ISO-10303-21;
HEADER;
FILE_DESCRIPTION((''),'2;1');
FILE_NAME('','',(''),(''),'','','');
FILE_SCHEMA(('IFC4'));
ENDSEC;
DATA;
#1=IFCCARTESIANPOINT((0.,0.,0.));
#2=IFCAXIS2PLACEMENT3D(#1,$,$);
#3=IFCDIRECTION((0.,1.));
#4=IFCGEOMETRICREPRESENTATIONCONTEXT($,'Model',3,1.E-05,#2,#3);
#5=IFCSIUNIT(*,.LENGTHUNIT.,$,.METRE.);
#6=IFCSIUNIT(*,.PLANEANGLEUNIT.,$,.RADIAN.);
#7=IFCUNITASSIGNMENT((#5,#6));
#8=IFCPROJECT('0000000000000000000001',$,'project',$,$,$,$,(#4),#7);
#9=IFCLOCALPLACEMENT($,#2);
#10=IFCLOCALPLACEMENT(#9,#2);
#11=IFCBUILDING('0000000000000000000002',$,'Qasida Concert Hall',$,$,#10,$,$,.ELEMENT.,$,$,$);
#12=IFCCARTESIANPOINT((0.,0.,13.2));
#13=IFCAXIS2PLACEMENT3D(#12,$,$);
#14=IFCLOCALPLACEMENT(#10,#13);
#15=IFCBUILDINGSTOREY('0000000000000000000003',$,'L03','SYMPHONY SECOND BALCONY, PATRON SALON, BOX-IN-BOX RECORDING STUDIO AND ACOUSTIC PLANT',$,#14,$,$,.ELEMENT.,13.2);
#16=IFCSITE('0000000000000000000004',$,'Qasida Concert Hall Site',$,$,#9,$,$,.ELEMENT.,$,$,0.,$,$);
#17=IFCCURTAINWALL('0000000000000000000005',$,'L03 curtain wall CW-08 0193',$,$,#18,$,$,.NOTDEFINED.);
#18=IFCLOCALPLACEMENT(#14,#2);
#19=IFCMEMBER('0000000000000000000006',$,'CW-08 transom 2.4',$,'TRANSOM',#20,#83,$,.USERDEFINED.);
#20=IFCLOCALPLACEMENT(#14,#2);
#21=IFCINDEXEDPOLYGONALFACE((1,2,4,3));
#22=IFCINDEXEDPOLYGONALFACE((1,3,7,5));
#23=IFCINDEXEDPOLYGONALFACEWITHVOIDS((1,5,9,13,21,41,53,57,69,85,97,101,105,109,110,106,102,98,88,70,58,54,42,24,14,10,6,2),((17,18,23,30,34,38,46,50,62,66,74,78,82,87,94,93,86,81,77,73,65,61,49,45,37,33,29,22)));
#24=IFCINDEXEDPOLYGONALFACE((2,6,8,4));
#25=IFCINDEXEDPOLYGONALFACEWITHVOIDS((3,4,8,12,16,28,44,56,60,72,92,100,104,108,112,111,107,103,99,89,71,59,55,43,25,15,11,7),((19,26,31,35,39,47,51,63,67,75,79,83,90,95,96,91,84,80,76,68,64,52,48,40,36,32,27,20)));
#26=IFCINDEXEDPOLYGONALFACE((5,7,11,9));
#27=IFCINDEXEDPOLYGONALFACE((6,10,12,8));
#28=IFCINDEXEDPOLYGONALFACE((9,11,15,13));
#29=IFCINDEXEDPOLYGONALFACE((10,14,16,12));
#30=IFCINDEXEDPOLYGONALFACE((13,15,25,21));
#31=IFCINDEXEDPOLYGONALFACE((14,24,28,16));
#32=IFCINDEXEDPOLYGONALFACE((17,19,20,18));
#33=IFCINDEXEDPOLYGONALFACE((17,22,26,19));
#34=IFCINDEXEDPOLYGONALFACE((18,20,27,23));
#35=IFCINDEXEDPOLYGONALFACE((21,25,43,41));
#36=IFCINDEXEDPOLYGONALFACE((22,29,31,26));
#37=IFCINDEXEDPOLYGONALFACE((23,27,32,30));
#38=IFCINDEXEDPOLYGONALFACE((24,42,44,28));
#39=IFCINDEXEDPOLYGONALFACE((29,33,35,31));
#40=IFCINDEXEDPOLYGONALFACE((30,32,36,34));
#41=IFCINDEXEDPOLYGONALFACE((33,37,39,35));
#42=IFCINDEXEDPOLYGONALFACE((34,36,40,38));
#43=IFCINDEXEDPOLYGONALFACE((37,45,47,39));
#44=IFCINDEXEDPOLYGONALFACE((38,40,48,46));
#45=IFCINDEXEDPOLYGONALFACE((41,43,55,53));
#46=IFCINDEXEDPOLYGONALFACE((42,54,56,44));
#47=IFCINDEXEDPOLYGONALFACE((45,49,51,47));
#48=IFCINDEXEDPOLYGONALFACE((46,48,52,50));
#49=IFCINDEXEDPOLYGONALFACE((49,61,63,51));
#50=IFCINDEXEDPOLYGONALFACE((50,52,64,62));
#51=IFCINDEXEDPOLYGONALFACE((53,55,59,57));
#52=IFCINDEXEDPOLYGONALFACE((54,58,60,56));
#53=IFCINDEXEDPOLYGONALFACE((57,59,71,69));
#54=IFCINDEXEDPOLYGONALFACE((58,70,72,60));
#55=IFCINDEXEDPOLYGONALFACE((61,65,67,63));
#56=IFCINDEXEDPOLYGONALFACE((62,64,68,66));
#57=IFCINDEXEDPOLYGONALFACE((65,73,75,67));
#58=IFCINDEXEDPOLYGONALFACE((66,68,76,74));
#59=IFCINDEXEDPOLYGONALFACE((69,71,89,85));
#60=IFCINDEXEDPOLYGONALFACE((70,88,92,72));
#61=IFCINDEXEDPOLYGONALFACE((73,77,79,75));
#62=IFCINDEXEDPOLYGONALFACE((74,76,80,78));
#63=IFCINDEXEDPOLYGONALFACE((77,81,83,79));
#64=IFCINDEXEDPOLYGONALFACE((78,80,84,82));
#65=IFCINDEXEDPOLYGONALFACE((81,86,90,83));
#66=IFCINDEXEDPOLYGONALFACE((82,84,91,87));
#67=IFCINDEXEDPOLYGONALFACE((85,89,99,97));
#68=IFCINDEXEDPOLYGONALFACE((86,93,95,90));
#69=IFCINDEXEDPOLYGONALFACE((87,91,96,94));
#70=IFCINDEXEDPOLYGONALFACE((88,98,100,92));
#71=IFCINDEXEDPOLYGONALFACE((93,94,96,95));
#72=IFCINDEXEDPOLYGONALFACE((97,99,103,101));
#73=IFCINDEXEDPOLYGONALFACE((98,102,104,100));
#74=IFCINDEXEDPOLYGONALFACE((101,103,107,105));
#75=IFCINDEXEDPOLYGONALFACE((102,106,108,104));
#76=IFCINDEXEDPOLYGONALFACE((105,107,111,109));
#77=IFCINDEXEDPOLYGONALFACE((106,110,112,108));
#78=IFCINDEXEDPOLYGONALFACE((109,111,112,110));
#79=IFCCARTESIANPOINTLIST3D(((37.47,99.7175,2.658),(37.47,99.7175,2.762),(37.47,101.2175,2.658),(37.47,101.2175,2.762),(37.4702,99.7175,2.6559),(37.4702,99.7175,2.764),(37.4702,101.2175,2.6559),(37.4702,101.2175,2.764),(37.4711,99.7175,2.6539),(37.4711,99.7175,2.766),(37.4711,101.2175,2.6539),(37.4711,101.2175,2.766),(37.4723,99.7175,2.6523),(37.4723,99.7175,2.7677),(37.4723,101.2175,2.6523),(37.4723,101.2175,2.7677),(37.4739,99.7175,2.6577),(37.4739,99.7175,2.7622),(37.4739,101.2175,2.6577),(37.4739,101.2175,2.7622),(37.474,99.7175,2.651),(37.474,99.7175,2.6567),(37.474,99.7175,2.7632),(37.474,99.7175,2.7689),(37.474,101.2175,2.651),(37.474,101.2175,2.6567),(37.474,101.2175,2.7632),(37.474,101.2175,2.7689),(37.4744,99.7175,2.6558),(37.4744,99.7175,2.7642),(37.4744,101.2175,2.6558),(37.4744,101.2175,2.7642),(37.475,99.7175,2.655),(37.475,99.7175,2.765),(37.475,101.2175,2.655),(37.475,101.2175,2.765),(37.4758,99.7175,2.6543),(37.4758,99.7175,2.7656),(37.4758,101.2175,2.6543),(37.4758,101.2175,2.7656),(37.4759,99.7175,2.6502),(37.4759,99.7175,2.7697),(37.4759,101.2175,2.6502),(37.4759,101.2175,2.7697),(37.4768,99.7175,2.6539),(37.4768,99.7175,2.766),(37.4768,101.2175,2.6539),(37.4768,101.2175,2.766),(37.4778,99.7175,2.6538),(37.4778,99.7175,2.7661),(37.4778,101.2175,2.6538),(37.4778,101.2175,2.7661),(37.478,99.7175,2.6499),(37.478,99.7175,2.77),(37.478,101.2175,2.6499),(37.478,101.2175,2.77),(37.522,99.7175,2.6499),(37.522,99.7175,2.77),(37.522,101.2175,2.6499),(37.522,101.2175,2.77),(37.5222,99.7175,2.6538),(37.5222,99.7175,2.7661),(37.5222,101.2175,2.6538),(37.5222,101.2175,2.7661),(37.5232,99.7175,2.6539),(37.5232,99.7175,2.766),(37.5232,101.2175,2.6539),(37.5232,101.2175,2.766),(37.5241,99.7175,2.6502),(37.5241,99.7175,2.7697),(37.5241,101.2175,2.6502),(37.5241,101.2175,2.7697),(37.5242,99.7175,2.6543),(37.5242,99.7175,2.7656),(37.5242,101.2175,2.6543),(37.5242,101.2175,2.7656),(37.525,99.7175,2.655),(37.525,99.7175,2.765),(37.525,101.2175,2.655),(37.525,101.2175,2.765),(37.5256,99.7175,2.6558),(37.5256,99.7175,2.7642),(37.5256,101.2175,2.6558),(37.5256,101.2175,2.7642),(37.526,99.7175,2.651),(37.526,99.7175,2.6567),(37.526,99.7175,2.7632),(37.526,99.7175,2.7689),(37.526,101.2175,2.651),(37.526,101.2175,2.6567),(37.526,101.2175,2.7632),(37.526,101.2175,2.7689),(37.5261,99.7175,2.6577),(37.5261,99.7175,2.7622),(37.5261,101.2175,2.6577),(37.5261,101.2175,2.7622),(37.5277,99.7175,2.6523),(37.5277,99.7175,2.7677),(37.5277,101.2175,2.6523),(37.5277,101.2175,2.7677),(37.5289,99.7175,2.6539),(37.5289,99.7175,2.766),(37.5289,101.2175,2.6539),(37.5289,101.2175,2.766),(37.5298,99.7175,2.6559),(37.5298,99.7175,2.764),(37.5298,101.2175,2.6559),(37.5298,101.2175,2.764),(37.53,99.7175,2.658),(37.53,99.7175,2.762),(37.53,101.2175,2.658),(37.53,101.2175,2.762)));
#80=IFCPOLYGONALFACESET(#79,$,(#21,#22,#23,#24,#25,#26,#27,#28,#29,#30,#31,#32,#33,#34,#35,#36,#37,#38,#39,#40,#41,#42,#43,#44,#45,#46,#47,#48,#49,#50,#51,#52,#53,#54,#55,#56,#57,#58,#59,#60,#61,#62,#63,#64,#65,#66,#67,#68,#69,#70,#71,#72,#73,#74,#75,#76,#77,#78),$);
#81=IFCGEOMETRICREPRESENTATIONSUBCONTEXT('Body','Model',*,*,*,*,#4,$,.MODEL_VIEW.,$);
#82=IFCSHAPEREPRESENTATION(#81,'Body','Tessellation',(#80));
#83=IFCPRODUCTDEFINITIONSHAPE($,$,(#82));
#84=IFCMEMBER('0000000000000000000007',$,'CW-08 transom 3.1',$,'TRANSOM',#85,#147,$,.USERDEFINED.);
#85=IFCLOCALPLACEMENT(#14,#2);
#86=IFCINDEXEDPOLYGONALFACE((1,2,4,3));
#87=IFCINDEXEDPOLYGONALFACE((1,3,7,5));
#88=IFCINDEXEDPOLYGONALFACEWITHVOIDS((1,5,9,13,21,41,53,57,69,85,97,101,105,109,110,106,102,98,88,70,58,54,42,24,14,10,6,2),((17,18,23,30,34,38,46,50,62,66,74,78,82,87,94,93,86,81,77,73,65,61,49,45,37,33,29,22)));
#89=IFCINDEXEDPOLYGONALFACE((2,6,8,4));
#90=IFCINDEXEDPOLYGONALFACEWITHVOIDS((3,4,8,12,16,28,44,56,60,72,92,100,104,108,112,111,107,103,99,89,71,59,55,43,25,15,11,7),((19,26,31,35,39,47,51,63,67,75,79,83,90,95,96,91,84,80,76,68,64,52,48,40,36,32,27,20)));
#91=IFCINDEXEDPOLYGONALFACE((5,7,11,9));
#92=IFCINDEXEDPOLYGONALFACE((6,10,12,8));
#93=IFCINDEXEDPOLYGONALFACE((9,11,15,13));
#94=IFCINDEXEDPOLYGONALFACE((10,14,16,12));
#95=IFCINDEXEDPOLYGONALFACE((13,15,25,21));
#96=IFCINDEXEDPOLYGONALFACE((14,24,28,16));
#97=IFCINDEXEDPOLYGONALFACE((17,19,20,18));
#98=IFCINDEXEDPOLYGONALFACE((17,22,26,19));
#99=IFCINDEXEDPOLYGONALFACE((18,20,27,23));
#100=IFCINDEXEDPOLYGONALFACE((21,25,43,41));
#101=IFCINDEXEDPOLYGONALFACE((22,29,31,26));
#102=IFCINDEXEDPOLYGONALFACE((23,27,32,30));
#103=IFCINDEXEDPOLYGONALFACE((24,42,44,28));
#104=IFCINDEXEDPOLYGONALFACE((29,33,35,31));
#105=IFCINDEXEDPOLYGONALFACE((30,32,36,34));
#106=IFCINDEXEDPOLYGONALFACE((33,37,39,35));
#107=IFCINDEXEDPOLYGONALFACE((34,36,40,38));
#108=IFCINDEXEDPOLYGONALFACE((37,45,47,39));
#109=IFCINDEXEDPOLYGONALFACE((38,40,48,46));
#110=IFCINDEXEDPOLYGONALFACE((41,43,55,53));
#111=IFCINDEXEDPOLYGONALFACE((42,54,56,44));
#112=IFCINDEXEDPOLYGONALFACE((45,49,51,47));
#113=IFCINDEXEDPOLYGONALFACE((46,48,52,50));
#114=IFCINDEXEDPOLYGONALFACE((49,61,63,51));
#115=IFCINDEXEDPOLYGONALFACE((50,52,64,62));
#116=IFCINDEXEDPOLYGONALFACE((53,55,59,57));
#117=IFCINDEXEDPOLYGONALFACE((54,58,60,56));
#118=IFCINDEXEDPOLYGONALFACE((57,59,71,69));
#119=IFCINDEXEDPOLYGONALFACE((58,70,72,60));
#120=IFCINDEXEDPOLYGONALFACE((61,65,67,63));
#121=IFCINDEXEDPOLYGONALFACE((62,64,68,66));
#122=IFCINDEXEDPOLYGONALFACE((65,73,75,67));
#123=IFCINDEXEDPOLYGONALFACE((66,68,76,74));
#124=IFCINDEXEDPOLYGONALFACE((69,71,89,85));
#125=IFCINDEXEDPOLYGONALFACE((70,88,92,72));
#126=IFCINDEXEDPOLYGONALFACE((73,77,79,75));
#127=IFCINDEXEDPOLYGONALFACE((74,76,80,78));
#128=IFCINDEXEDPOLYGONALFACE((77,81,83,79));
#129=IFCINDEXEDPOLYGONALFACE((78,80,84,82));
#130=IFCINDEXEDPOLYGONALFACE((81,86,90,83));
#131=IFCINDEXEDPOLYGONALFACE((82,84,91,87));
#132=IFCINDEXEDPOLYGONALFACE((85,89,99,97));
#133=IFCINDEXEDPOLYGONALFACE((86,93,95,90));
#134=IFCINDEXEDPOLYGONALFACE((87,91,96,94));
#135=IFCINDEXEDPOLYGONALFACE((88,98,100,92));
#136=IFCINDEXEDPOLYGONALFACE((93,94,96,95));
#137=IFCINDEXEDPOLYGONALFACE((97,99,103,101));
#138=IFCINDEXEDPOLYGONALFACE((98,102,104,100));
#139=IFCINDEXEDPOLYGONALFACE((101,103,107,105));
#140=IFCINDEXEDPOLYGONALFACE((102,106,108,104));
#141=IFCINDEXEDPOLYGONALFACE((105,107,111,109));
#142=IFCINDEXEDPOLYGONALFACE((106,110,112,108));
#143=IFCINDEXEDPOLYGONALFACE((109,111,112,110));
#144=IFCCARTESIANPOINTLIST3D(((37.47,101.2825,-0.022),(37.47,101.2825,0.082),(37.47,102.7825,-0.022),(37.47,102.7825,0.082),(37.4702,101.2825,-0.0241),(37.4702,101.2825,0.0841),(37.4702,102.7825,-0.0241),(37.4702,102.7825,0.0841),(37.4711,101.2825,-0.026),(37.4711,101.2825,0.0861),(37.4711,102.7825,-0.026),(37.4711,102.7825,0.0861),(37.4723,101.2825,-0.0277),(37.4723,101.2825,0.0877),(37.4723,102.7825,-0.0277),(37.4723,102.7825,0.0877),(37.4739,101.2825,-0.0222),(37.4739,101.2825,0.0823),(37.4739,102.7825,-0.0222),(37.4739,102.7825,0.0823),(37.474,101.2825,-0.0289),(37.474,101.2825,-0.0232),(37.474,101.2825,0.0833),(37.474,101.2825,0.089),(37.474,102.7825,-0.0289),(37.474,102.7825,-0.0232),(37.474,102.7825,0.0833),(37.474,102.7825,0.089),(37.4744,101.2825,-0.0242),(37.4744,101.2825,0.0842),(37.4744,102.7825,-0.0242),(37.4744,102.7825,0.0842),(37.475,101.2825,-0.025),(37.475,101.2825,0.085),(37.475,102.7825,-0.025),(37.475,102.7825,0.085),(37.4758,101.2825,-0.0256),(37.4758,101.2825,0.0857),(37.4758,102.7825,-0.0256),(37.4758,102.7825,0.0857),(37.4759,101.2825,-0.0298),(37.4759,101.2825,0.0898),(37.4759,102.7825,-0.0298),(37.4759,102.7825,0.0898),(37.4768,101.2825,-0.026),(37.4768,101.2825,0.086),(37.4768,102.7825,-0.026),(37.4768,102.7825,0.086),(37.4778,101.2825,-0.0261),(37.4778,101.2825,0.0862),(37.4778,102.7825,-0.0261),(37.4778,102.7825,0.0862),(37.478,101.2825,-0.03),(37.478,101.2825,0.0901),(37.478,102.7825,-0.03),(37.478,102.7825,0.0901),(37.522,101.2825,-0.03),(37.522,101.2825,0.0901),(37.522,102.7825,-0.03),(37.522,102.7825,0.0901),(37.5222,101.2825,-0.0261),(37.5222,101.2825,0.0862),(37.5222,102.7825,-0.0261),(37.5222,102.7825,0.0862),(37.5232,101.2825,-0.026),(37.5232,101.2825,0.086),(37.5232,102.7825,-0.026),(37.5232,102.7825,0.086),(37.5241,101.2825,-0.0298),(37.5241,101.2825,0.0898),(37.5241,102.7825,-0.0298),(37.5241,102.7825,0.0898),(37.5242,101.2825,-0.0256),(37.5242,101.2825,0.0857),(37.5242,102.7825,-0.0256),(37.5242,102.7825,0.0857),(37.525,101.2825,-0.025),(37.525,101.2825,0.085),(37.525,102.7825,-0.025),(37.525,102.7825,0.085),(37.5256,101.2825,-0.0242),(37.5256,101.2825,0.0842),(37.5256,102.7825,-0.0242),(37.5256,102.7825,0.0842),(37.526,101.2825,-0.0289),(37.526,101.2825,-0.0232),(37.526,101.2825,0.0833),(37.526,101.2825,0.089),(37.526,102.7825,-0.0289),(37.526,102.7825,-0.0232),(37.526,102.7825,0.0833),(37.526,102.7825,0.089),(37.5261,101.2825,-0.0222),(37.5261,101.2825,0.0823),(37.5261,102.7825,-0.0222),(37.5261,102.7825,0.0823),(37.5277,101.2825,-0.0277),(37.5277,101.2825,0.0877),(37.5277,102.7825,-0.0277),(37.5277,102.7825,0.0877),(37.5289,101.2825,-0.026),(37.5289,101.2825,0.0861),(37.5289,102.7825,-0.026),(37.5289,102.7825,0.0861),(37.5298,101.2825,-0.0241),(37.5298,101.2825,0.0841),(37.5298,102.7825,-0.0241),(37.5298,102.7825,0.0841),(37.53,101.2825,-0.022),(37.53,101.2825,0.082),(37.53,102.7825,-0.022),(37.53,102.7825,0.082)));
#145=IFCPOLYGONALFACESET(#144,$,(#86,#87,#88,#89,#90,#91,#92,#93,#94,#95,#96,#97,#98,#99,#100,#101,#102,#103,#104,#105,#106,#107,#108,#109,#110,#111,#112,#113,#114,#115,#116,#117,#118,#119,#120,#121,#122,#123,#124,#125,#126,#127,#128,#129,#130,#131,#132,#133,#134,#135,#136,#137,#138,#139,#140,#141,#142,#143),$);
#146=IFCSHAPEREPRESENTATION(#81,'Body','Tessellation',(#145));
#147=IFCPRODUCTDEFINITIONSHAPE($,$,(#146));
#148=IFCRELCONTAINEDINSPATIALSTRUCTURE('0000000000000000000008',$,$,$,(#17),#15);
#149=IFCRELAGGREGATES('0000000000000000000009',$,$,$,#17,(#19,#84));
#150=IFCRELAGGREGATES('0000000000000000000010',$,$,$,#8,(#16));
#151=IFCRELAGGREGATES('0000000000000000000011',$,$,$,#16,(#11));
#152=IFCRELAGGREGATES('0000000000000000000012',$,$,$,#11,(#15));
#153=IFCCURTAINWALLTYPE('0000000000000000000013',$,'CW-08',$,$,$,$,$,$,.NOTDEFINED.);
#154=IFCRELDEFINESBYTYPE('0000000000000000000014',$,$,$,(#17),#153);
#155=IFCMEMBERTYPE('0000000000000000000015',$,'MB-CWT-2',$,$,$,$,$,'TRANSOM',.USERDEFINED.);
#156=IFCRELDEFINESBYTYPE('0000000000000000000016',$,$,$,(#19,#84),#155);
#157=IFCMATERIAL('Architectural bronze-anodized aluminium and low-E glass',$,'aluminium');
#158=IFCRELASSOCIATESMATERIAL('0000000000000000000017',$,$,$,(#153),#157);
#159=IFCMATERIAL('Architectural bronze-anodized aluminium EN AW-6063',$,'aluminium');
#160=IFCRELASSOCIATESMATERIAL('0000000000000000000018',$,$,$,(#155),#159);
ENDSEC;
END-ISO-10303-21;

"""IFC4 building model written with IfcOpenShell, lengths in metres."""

from ifc_helpers import new_model, si_unit, direction, frame, origin, origin_2d, place, context, subcontext, project, spatial, hollow_rectangle, extrude, material, material_profile, profile_set, type_object, element, aggregate, save


model = new_model("IFC4")

# Units and contexts
model_context = context("Model", 3, precision=1e-05, world=origin(), true_north=direction((0.0, 1.0)))
body_context = subcontext(model_context, "Body", "Model", "MODEL_VIEW")
ifc_project = project(units=[si_unit("LENGTHUNIT", "METRE"), si_unit("PLANEANGLEUNIT", "RADIAN")], contexts=[model_context])

# Site, building, storey
site_placement = place(None, origin())
site = spatial("IfcSite", under=ifc_project, at=site_placement, Name="Qasida Concert Hall Site", CompositionType="ELEMENT", RefElevation=0.0)
building_placement = place(site_placement, origin())
building = spatial("IfcBuilding", under=site, at=building_placement, Name="Qasida Concert Hall", CompositionType="ELEMENT")
storey_placement = place(building_placement, frame((0.0, 0.0, 13.2)))
storey = spatial("IfcBuildingStorey", under=building, at=storey_placement, Name="L03", Description="SYMPHONY SECOND BALCONY, PATRON SALON, BOX-IN-BOX RECORDING STUDIO AND ACOUSTIC PLANT", CompositionType="ELEMENT", Elevation=13.2)

# Curtain wall, members
ifc_material_1 = material(Name="Architectural bronze-anodized aluminium and low-E glass", Category="aluminium")
curtain_wall_type = type_object("IfcCurtainWallType", Name="CW-08", PredefinedType="NOTDEFINED", material=ifc_material_1)
curtain_wall_placement = place(storey_placement, origin())
curtain_wall = element("IfcCurtainWall", 1, at=curtain_wall_placement, inside=storey, type_object=curtain_wall_type, Name="L03 curtain wall CW-08 0193", PredefinedType="NOTDEFINED")
ifc_material_2 = material(Name="Architectural bronze-anodized aluminium EN AW-6063", Category="aluminium")
ifc_material_profile_1 = material_profile(ifc_material_2, hollow_rectangle(XDim=0.0601, YDim=0.1201, WallThickness=0.0039, InnerFilletRadius=0.0039, OuterFilletRadius=0.0081, at=origin_2d()), Name="CWT 120x60x4")
ifc_profile_set_1 = profile_set([ifc_material_profile_1], Name="Architectural bronze-anodized aluminium EN AW-6063")
member_type_1 = type_object("IfcMemberType", Name="MB-CWT-2", ElementType="TRANSOM", PredefinedType="USERDEFINED", material=ifc_profile_set_1)
member_1_placement = place(storey_placement, frame((37.5, 99.7175, 2.71), z_axis=(0.0, 1.0, 0.0), x_axis=(-1.0, 0.0, 0.0)))
member_1 = element("IfcMember", 2, at=member_1_placement, type_object=member_type_1, Name="CW-08 transom 2.4", ObjectType="TRANSOM", PredefinedType="USERDEFINED", context=body_context, shape_type="SweptSolid", body=[
    extrude(hollow_rectangle(XDim=0.0601, YDim=0.1201, WallThickness=0.0039, InnerFilletRadius=0.0039, OuterFilletRadius=0.0081, at=origin_2d()), origin(), (0.0, 0.0, 1.0), 1.5),
])
member_2_placement = place(storey_placement, frame((37.5, 101.2825, 0.03), z_axis=(0.0, 1.0, 0.0), x_axis=(-1.0, 0.0, 0.0)))
member_2 = element("IfcMember", 3, at=member_2_placement, type_object=member_type_1, Name="CW-08 transom 3.1", ObjectType="TRANSOM", PredefinedType="USERDEFINED", context=body_context, shape_type="SweptSolid", body=[
    extrude(hollow_rectangle(XDim=0.0601, YDim=0.1201, WallThickness=0.0039, InnerFilletRadius=0.0039, OuterFilletRadius=0.0081, at=origin_2d()), origin(), (0.0, 0.0, 1.0), 1.5),
])
aggregate(curtain_wall, [member_1, member_2])

save(model, "model.ifc")
